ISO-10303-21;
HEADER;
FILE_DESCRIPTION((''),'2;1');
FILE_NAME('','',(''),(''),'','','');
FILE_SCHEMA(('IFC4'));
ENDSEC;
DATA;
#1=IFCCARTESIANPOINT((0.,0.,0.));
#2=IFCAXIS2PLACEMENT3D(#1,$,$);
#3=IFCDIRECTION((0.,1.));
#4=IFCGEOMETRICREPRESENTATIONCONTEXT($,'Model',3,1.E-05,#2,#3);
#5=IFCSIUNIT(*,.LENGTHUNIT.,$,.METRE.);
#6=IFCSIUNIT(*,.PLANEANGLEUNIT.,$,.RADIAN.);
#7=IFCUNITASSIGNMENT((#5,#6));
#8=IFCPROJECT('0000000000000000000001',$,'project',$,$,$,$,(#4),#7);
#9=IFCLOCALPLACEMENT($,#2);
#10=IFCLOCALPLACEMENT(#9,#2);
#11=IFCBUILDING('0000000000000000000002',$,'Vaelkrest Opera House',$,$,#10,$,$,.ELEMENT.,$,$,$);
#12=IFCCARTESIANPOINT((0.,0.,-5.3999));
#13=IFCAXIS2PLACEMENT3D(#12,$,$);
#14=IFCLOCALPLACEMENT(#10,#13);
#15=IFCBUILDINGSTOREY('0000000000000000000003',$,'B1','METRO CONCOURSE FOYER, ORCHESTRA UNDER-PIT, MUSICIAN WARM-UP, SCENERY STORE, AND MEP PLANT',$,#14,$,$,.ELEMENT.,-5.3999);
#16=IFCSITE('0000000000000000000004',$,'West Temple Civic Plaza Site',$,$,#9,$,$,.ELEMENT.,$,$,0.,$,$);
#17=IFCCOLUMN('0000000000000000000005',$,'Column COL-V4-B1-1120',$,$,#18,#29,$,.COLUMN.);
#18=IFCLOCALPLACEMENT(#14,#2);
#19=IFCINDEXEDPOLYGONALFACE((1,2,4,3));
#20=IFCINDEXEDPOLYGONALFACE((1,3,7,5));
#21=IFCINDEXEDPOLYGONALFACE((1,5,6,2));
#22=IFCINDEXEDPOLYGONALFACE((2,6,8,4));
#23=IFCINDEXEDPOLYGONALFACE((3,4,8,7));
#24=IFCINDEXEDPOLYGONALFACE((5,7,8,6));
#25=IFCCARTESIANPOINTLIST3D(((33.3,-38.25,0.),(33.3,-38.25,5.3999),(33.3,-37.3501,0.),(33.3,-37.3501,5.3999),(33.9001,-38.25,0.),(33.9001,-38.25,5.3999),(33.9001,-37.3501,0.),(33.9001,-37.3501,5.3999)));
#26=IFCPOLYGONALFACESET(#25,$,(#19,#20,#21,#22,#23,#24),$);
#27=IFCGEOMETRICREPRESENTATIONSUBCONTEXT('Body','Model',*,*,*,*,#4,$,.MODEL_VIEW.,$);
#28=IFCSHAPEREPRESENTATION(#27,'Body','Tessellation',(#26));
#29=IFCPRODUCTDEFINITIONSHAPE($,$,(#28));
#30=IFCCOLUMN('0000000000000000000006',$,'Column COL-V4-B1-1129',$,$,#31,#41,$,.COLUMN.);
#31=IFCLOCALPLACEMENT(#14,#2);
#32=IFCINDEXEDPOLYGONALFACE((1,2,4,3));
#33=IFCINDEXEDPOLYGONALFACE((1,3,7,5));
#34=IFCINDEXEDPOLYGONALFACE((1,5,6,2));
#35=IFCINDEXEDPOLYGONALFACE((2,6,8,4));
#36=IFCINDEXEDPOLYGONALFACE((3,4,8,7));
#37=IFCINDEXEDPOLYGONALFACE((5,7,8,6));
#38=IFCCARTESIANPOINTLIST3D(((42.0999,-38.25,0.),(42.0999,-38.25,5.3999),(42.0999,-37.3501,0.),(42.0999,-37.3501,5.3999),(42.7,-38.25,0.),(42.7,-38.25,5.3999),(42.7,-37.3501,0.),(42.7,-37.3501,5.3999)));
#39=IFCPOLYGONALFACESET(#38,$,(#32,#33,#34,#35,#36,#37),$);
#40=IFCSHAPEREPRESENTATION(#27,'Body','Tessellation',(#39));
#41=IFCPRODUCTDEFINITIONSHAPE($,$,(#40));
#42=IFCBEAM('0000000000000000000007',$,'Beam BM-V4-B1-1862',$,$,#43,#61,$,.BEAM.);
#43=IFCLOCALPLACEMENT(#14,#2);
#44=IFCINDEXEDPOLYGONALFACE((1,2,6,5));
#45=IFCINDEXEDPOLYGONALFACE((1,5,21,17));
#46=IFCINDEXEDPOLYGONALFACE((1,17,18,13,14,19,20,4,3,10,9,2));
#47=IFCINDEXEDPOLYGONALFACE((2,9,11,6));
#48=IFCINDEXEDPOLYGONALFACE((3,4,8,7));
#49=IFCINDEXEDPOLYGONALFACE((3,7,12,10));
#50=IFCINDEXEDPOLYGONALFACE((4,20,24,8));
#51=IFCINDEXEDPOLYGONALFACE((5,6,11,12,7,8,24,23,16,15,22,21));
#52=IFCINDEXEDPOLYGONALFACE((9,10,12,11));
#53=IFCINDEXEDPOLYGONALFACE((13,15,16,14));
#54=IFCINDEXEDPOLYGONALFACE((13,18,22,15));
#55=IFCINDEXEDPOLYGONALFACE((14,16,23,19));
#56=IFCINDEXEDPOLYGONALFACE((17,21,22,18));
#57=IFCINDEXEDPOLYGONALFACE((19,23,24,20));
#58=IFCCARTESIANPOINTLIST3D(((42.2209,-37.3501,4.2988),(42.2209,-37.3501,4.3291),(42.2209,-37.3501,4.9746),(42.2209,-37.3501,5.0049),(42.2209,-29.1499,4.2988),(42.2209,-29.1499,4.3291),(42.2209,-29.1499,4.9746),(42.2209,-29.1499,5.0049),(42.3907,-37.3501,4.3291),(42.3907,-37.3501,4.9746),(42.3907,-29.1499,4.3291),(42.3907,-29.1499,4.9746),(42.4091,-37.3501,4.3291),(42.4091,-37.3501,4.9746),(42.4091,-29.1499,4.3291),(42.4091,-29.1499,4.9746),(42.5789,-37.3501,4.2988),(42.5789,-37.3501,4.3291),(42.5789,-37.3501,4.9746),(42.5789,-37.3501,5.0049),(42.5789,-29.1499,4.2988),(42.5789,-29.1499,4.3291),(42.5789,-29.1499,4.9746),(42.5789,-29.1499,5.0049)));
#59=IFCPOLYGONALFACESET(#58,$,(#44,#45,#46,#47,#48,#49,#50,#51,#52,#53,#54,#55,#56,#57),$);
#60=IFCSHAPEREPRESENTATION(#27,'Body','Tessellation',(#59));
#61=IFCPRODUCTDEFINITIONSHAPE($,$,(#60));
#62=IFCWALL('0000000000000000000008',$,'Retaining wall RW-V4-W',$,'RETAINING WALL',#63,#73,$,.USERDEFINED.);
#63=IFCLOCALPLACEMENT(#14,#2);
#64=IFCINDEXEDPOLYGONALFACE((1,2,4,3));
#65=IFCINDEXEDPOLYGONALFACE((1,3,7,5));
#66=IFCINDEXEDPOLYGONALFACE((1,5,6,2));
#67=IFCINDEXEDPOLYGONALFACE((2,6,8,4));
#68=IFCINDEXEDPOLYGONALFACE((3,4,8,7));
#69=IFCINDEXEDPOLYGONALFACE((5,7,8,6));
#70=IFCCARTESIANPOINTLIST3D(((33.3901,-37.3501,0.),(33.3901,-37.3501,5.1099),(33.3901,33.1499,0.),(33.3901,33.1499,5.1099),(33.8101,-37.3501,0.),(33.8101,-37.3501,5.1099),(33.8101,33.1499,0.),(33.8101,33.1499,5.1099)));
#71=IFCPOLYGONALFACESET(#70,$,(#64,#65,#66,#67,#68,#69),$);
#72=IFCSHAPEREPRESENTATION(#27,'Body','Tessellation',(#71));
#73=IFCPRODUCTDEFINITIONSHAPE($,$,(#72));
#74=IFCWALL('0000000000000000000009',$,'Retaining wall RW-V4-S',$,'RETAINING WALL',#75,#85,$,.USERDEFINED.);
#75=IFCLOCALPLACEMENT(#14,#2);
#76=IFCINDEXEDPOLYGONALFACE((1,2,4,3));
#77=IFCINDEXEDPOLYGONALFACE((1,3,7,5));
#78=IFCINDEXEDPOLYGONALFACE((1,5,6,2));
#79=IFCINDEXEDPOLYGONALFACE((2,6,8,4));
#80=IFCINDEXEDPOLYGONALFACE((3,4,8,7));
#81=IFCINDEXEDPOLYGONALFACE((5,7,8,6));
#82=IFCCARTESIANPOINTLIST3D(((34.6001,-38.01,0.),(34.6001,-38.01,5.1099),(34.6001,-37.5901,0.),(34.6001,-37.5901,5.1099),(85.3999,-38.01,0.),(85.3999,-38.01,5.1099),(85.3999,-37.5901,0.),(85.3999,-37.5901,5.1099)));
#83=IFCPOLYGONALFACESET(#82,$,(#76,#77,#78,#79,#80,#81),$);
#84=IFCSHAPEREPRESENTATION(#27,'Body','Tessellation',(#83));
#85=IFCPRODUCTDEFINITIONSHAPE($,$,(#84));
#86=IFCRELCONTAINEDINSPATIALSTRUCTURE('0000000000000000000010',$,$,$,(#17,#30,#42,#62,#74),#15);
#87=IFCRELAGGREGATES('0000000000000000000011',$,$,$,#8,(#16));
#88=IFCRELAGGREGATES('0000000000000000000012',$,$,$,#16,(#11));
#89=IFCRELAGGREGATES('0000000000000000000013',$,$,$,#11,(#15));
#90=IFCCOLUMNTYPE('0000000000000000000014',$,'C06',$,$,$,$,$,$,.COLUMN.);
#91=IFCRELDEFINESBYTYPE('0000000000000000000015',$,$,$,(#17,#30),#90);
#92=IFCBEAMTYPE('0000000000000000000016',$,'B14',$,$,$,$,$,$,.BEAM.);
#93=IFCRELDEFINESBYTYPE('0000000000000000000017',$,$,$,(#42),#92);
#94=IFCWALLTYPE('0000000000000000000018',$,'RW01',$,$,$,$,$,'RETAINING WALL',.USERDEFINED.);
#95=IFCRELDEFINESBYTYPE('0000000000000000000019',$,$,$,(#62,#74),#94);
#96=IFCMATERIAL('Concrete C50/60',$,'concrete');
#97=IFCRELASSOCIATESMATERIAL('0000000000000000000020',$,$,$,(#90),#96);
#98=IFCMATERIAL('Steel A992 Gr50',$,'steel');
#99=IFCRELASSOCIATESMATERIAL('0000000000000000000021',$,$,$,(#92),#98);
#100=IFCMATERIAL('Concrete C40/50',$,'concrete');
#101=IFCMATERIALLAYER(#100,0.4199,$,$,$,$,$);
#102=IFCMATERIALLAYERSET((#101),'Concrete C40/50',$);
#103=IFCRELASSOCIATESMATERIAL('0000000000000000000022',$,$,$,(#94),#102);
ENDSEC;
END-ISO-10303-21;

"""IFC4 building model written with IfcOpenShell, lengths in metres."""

from ifc_helpers import new_model, si_unit, direction, frame, frame_2d, origin, origin_2d, place, context, subcontext, project, spatial, rectangle, i_section, extrude, material, layer, layer_set, material_profile, profile_set, type_object, element, save


model = new_model("IFC4")

# Units and contexts
model_context = context("Model", 3, precision=1e-05, world=origin(), true_north=direction((0.0, 1.0)))
body_context = subcontext(model_context, "Body", "Model", "MODEL_VIEW")
ifc_project = project(units=[si_unit("LENGTHUNIT", "METRE"), si_unit("PLANEANGLEUNIT", "RADIAN")], contexts=[model_context])

# Site, building, storey
site_placement = place(None, origin())
site = spatial("IfcSite", under=ifc_project, at=site_placement, Name="West Temple Civic Plaza Site", CompositionType="ELEMENT", RefElevation=0.0)
building_placement = place(site_placement, origin())
building = spatial("IfcBuilding", under=site, at=building_placement, Name="Vaelkrest Opera House", CompositionType="ELEMENT")
storey_placement = place(building_placement, frame((0.0, 0.0, -5.3999)))
storey = spatial("IfcBuildingStorey", under=building, at=storey_placement, Name="B1", Description="METRO CONCOURSE FOYER, ORCHESTRA UNDER-PIT, MUSICIAN WARM-UP, SCENERY STORE, AND MEP PLANT", CompositionType="ELEMENT", Elevation=-5.3999)

# Shared definitions
ifc_material_1 = material(Name="Concrete C40/50", Category="concrete")

# Columns
ifc_material_2 = material(Name="Concrete C50/60", Category="concrete")
ifc_material_profile_1 = material_profile(ifc_material_2, rectangle(XDim=0.6001, YDim=0.8999, at=origin_2d()), Name="RC600X900")
ifc_profile_set_1 = profile_set([ifc_material_profile_1], Name="Concrete C50/60")
column_type = type_object("IfcColumnType", Name="C06", PredefinedType="COLUMN", material=ifc_profile_set_1)
for number, where, z_axis, x_axis, name in (
    (1, (33.6001, -37.8, 0.0), (0.0, 0.0, 1.0), (1.0, 0.0, 0.0), "Column COL-V4-B1-1120"),
    (2, (42.3999, -37.8, 0.0), (0.0, 0.0, 1.0), (1.0, 0.0, 0.0), "Column COL-V4-B1-1129"),
):
    element("IfcColumn", number, at=place(storey_placement, frame(where, z_axis=z_axis, x_axis=x_axis)), inside=storey, type_object=column_type, Name=name, PredefinedType="COLUMN", context=body_context, shape_type="SweptSolid", body=[
        extrude(rectangle(XDim=0.6001, YDim=0.8999, at=origin_2d()), origin(), (0.0, 0.0, 1.0), 5.3999),
    ])

# Beam
ifc_material_3 = material(Name="Steel A992 Gr50", Category="steel")
ifc_material_profile_2 = material_profile(ifc_material_3, i_section(OverallWidth=0.3579, OverallDepth=0.7061, WebThickness=0.0183, FlangeThickness=0.0303, at=origin_2d()), Name="W27X178")
ifc_profile_set_2 = profile_set([ifc_material_profile_2], Name="Steel A992 Gr50")
beam_type = type_object("IfcBeamType", Name="B14", PredefinedType="BEAM", material=ifc_profile_set_2)
beam_placement = place(storey_placement, frame((42.3999, -37.3501, 4.6519), z_axis=(0.0, 1.0, 0.0), x_axis=(-1.0, 0.0, 0.0)))
element("IfcBeam", 3, at=beam_placement, inside=storey, type_object=beam_type, Name="Beam BM-V4-B1-1862", PredefinedType="BEAM", context=body_context, shape_type="SweptSolid", body=[
    extrude(i_section(OverallWidth=0.3579, OverallDepth=0.7061, WebThickness=0.0183, FlangeThickness=0.0303, at=origin_2d()), origin(), (0.0, 0.0, 1.0), 8.2002),
])

# Walls
ifc_layer = layer(ifc_material_1, 0.4199)
ifc_layer_set = layer_set([ifc_layer], Name="Concrete C40/50")
wall_type = type_object("IfcWallType", Name="RW01", ElementType="RETAINING WALL", PredefinedType="USERDEFINED", material=ifc_layer_set)
wall_1_placement = place(storey_placement, frame((33.6001, -37.3501, 0.0), z_axis=(0.0, 0.0, 1.0), x_axis=(0.0, 1.0, 0.0)))
element("IfcWall", 4, at=wall_1_placement, inside=storey, type_object=wall_type, Name="Retaining wall RW-V4-W", ObjectType="RETAINING WALL", PredefinedType="USERDEFINED", context=body_context, shape_type="SweptSolid", body=[
    extrude(rectangle(XDim=70.5, YDim=0.4199, at=frame_2d((35.25, 0.0))), origin(), (0.0, 0.0, 1.0), 5.1099),
])
wall_2_placement = place(storey_placement, frame((34.6001, -37.8, 0.0), z_axis=(0.0, 0.0, 1.0), x_axis=(1.0, 0.0, 0.0)))
element("IfcWall", 5, at=wall_2_placement, inside=storey, type_object=wall_type, Name="Retaining wall RW-V4-S", ObjectType="RETAINING WALL", PredefinedType="USERDEFINED", context=body_context, shape_type="SweptSolid", body=[
    extrude(rectangle(XDim=50.7998, YDim=0.4199, at=frame_2d((25.3999, 0.0))), origin(), (0.0, 0.0, 1.0), 5.1099),
])

save(model, "model.ifc")
